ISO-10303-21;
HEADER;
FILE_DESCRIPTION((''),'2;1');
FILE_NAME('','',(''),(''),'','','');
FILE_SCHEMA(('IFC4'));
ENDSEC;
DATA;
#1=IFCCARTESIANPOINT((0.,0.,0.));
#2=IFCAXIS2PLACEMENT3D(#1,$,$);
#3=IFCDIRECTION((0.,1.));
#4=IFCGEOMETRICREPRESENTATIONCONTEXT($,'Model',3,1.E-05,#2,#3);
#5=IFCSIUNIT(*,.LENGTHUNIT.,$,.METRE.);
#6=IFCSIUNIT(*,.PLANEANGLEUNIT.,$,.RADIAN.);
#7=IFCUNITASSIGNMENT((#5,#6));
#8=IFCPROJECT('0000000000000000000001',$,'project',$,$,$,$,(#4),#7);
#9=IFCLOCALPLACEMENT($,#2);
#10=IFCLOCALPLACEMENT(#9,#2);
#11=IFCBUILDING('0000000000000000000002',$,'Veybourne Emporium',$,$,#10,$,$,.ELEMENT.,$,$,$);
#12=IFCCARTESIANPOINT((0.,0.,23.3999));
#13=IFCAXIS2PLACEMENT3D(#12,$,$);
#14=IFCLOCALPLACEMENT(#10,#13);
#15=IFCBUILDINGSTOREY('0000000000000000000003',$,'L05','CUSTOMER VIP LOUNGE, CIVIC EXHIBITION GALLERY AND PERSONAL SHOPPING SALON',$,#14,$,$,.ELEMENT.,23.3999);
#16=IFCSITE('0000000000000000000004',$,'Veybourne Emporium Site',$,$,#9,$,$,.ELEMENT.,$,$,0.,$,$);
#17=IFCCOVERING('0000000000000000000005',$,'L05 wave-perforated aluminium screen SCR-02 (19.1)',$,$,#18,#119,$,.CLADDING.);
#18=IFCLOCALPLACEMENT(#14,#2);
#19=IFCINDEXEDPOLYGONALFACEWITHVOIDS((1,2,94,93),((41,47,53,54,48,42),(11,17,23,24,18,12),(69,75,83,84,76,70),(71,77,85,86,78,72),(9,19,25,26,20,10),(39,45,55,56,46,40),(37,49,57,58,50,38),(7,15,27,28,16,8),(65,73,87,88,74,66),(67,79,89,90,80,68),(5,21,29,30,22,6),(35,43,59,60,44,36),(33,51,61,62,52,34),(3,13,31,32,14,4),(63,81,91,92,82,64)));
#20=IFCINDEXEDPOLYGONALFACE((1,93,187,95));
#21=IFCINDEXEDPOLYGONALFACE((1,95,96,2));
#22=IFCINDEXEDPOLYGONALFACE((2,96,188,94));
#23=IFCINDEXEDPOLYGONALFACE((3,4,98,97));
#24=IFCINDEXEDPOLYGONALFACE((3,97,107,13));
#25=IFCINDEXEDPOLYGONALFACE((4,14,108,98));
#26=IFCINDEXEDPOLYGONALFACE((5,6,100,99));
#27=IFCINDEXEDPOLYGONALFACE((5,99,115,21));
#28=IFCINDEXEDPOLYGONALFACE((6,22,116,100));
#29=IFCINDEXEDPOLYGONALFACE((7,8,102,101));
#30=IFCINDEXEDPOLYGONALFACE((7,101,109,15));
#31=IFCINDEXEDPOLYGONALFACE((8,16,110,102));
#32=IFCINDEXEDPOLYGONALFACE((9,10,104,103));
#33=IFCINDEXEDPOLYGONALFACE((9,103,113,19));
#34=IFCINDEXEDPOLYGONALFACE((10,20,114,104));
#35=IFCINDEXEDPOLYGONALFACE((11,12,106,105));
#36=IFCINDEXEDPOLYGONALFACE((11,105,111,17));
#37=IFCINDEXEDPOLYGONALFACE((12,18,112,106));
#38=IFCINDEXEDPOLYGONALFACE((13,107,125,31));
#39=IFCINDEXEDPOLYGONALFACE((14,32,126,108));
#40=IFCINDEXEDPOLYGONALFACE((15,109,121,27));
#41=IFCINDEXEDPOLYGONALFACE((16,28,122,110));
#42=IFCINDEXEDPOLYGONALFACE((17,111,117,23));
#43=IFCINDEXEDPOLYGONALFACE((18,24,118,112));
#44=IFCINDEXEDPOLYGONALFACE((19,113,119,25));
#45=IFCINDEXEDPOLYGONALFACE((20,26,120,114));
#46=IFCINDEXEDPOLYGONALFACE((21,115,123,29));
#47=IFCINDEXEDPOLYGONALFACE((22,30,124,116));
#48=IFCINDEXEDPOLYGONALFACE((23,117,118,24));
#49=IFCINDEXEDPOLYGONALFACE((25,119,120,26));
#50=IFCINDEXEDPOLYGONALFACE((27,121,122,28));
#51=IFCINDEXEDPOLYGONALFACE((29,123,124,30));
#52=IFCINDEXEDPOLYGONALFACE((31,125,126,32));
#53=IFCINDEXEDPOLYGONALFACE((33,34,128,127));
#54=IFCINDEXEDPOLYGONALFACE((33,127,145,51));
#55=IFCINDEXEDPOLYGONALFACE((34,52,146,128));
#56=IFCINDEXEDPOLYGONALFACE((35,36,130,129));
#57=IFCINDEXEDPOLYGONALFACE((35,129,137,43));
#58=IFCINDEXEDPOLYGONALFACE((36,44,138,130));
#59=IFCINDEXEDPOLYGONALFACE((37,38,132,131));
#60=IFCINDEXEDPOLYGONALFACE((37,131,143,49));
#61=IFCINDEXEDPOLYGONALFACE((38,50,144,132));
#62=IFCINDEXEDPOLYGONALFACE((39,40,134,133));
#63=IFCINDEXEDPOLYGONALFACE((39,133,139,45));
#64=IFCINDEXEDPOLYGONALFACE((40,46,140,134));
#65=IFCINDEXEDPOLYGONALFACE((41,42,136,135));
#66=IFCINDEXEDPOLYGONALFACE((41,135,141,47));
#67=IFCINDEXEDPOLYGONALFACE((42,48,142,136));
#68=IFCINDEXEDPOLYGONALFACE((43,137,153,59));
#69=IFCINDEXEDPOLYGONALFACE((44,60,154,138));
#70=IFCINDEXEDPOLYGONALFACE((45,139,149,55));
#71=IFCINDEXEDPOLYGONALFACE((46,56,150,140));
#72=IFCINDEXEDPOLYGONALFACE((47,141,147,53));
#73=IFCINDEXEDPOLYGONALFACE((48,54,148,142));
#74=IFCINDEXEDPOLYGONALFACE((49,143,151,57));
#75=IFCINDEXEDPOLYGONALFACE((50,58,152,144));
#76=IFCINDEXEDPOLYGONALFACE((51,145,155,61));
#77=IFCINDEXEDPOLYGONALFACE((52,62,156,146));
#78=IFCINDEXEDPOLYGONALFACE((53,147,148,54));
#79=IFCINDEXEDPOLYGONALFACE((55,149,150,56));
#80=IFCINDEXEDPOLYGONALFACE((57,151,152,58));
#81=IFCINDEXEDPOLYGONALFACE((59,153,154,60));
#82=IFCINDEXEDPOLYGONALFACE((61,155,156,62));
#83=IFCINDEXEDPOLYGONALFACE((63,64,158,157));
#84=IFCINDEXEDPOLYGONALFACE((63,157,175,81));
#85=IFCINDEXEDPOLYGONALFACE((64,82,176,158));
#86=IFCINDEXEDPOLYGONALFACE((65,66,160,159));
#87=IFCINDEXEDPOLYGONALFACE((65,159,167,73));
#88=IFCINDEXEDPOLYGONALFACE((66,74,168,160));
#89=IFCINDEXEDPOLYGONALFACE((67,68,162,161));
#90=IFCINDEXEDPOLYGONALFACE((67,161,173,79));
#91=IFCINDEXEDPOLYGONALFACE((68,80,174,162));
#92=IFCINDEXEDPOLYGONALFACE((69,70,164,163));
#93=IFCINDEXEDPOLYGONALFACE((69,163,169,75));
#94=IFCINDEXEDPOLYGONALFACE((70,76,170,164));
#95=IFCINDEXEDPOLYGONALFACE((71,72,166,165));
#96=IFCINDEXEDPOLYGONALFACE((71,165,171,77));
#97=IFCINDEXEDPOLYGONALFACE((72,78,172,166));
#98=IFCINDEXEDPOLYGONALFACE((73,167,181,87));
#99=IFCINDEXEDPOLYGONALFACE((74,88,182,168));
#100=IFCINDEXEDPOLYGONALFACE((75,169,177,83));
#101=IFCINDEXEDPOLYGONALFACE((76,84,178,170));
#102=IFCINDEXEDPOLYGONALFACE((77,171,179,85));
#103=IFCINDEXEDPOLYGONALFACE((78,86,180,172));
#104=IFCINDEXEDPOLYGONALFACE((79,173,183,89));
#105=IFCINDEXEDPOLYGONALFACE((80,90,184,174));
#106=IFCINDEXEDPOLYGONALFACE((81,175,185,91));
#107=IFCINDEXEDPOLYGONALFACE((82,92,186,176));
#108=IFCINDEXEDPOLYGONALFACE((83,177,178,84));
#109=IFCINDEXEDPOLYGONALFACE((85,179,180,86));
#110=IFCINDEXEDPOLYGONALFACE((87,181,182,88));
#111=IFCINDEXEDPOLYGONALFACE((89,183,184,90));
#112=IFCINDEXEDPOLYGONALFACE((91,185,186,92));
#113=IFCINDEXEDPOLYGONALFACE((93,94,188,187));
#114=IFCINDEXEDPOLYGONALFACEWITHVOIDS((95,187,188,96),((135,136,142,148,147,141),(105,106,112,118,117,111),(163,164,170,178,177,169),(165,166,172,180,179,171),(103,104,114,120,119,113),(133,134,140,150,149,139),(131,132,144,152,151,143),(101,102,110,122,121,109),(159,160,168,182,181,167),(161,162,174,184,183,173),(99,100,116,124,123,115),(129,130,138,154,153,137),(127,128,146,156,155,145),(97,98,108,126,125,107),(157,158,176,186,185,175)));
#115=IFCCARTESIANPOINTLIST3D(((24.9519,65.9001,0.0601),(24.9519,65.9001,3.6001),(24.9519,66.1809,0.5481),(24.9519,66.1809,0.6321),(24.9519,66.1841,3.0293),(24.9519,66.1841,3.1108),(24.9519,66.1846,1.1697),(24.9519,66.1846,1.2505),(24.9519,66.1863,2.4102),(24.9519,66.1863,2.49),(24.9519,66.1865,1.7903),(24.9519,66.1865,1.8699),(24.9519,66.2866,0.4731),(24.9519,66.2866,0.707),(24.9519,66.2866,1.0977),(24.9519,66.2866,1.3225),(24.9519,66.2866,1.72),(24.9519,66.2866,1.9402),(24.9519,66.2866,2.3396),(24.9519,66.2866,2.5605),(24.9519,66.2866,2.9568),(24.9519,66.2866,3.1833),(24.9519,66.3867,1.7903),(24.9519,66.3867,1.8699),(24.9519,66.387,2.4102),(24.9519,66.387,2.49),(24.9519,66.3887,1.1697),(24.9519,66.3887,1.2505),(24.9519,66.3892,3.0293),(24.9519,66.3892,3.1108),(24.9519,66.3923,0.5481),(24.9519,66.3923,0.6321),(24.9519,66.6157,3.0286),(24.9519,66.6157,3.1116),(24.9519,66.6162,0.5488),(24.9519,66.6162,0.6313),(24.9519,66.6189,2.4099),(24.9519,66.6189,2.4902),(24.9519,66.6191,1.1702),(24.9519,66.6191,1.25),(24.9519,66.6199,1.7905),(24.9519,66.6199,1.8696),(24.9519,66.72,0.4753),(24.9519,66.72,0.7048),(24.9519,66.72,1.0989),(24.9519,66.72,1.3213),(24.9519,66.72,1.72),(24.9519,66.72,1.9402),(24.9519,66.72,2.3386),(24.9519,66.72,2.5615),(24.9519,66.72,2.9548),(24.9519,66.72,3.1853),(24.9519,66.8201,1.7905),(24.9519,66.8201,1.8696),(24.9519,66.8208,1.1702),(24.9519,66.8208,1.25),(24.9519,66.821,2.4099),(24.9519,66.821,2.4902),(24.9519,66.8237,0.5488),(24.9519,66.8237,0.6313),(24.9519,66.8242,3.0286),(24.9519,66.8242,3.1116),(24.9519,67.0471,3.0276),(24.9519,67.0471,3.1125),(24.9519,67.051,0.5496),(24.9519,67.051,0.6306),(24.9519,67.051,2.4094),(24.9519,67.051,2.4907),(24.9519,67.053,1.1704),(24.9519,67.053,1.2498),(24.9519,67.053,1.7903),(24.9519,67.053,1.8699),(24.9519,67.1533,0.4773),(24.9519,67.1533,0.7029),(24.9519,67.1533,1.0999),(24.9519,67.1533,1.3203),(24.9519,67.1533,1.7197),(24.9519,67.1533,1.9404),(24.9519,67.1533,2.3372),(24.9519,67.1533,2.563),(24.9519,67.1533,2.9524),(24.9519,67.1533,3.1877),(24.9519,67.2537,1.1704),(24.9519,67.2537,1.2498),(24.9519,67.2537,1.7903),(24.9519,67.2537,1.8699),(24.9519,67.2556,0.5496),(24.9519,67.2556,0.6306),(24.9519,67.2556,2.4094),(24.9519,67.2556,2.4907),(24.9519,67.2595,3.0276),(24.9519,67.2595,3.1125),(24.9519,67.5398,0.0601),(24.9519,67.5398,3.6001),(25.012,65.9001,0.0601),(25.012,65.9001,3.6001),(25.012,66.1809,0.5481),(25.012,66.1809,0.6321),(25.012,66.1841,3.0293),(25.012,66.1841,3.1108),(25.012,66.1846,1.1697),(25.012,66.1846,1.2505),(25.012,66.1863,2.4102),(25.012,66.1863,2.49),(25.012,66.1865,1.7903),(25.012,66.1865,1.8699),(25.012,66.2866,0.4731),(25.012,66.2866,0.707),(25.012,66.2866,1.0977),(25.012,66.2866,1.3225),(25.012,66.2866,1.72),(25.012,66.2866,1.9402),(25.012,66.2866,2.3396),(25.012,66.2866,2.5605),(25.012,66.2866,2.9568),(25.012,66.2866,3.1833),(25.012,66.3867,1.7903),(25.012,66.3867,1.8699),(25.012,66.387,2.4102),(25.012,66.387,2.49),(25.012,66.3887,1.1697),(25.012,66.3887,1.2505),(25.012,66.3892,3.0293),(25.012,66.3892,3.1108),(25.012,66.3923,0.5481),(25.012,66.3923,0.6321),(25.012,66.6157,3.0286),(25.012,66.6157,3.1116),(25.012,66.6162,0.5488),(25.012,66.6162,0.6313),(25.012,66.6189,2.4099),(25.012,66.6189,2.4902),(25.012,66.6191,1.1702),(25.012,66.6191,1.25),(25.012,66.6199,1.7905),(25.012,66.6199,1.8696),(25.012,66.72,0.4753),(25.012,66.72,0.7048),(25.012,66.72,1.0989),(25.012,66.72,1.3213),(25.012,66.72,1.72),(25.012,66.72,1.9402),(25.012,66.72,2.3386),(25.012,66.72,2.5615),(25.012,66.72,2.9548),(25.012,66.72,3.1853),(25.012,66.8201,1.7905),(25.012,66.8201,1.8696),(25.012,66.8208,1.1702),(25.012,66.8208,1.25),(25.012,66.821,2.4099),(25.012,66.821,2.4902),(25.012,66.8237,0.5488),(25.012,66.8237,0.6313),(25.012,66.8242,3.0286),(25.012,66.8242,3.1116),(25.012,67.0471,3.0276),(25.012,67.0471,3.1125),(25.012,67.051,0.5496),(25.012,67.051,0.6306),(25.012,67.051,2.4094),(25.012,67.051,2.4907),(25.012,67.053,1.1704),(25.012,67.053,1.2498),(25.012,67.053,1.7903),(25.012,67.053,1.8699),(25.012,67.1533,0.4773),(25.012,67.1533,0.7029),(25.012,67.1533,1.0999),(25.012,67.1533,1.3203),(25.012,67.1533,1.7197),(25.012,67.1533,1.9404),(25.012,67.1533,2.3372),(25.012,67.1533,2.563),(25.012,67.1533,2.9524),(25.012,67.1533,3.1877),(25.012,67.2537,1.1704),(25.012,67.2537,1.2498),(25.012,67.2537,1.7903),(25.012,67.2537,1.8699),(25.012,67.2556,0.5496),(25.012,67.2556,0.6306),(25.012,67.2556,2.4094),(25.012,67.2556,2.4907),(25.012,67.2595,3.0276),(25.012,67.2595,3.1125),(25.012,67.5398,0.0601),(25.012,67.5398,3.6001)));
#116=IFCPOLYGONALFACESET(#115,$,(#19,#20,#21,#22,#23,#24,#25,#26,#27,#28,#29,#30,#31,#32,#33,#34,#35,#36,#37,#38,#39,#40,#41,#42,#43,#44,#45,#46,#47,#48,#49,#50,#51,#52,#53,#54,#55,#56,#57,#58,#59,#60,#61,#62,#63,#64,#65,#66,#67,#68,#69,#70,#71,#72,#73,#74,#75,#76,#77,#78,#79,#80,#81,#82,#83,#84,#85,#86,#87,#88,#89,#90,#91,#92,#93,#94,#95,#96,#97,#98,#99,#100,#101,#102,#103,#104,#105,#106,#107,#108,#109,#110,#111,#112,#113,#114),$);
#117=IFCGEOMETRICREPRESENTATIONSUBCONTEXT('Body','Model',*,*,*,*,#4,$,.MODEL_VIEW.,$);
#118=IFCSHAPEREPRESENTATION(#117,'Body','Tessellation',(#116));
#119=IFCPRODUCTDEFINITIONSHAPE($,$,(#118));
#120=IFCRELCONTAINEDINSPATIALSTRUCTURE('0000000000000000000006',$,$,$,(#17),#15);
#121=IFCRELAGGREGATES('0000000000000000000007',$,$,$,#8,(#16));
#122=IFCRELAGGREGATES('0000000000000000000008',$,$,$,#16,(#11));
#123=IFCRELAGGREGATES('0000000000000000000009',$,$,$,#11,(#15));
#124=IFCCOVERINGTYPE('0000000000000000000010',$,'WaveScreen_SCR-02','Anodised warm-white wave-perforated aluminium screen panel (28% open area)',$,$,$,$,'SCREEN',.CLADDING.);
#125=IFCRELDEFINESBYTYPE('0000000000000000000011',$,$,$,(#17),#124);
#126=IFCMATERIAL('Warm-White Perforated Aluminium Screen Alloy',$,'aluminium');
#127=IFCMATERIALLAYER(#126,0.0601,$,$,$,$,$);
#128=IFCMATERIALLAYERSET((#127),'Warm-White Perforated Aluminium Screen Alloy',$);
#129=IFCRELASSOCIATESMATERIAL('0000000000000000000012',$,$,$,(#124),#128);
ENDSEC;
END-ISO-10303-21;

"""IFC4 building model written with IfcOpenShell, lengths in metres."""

from ifc_helpers import new_model, si_unit, direction, frame, origin, place, context, subcontext, project, spatial, polyline, outline, extrude, material, layer, layer_set, type_object, element, save


model = new_model("IFC4")

# Units and contexts
model_context = context("Model", 3, precision=1e-05, world=origin(), true_north=direction((0.0, 1.0)))
body_context = subcontext(model_context, "Body", "Model", "MODEL_VIEW")
ifc_project = project(units=[si_unit("LENGTHUNIT", "METRE"), si_unit("PLANEANGLEUNIT", "RADIAN")], contexts=[model_context])

# Site, building, storey
site_placement = place(None, origin())
site = spatial("IfcSite", under=ifc_project, at=site_placement, Name="Veybourne Emporium Site", CompositionType="ELEMENT", RefElevation=0.0)
building_placement = place(site_placement, origin())
building = spatial("IfcBuilding", under=site, at=building_placement, Name="Veybourne Emporium", CompositionType="ELEMENT")
storey_placement = place(building_placement, frame((0.0, 0.0, 23.3999)))
storey = spatial("IfcBuildingStorey", under=building, at=storey_placement, Name="L05", Description="CUSTOMER VIP LOUNGE, CIVIC EXHIBITION GALLERY AND PERSONAL SHOPPING SALON", CompositionType="ELEMENT", Elevation=23.3999)

# Covering
ifc_material_1 = material(Name="Warm-White Perforated Aluminium Screen Alloy", Category="aluminium")
ifc_layer_1 = layer(ifc_material_1, 0.0601)
ifc_layer_set_1 = layer_set([ifc_layer_1], Name="Warm-White Perforated Aluminium Screen Alloy")
covering_type_1 = type_object("IfcCoveringType", Name="WaveScreen_SCR-02", Description="Anodised warm-white wave-perforated aluminium screen panel (28% open area)", ElementType="SCREEN", PredefinedType="CLADDING", material=ifc_layer_set_1)
covering_1_placement = place(storey_placement, frame((24.9519, 66.72, 1.8301), z_axis=(1.0, 0.0, 0.0), x_axis=(0.0, 1.0, 0.0)))
element("IfcCovering", 1, at=covering_1_placement, inside=storey, type_object=covering_type_1, Name="L05 wave-perforated aluminium screen SCR-02 (19.1)", PredefinedType="CLADDING", context=body_context, shape_type="SweptSolid", body=[
    extrude(outline(polyline([(-0.8198, -1.77), (0.8198, -1.77), (0.8198, 1.77), (-0.8198, 1.77), (-0.8198, -1.77)]), holes=[polyline([(-0.4333, -1.123), (-0.3276, -1.198), (-0.3276, -1.282), (-0.4333, -1.3569), (-0.5391, -1.282), (-0.5391, -1.198), (-0.4333, -1.123)]), polyline([(-0.4333, -0.5076), (-0.3313, -0.5796), (-0.3313, -0.6604), (-0.4333, -0.7324), (-0.5354, -0.6604), (-0.5354, -0.5796), (-0.4333, -0.5076)]), polyline([(-0.4333, 0.1101), (-0.3333, 0.0398), (-0.3333, -0.0398), (-0.4333, -0.1101), (-0.5334, -0.0398), (-0.5334, 0.0398), (-0.4333, 0.1101)]), polyline([(-0.4333, 0.7305), (-0.333, 0.6599), (-0.333, 0.5801), (-0.4333, 0.5095), (-0.5337, 0.5801), (-0.5337, 0.6599), (-0.4333, 0.7305)]), polyline([(-0.4333, 1.3533), (-0.3308, 1.2808), (-0.3308, 1.1992), (-0.4333, 1.1267), (-0.5359, 1.1992), (-0.5359, 1.2808), (-0.4333, 1.3533)]), polyline([(0.0, -1.1252), (0.1038, -1.1987), (0.1038, -1.2812), (0.0, -1.3547), (-0.1038, -1.2812), (-0.1038, -1.1987), (0.0, -1.1252)]), polyline([(0.0, -0.5088), (0.1008, -0.5801), (0.1008, -0.6599), (0.0, -0.7312), (-0.1008, -0.6599), (-0.1008, -0.5801), (0.0, -0.5088)]), polyline([(0.0, 0.1101), (0.1001, 0.0396), (0.1001, -0.0396), (0.0, -0.1101), (-0.1001, -0.0396), (-0.1001, 0.0396), (0.0, 0.1101)]), polyline([(0.0, 0.7314), (0.1011, 0.6602), (0.1011, 0.5798), (0.0, 0.5085), (-0.1011, 0.5798), (-0.1011, 0.6602), (0.0, 0.7314)]), polyline([(0.0, 1.3552), (0.1042, 1.2815), (0.1042, 1.1985), (0.0, 1.1248), (-0.1042, 1.1985), (-0.1042, 1.2815), (0.0, 1.3552)]), polyline([(0.4333, -1.1272), (0.5356, -1.1995), (0.5356, -1.2805), (0.4333, -1.3528), (0.3311, -1.2805), (0.3311, -1.1995), (0.4333, -1.1272)]), polyline([(0.4333, -0.5098), (0.5337, -0.5803), (0.5337, -0.6597), (0.4333, -0.7302), (0.333, -0.6597), (0.333, -0.5803), (0.4333, -0.5098)]), polyline([(0.4333, 0.1104), (0.5337, 0.0398), (0.5337, -0.0398), (0.4333, -0.1104), (0.333, -0.0398), (0.333, 0.0398), (0.4333, 0.1104)]), polyline([(0.4333, 0.7329), (0.5356, 0.6606), (0.5356, 0.5793), (0.4333, 0.5071), (0.3311, 0.5793), (0.3311, 0.6606), (0.4333, 0.7329)]), polyline([(0.4333, 1.3577), (0.5396, 1.2825), (0.5396, 1.1975), (0.4333, 1.1223), (0.3271, 1.1975), (0.3271, 1.2825), (0.4333, 1.3577)])]), origin(), (0.0, 0.0, 1.0), 0.0601),
])

save(model, "model.ifc")
